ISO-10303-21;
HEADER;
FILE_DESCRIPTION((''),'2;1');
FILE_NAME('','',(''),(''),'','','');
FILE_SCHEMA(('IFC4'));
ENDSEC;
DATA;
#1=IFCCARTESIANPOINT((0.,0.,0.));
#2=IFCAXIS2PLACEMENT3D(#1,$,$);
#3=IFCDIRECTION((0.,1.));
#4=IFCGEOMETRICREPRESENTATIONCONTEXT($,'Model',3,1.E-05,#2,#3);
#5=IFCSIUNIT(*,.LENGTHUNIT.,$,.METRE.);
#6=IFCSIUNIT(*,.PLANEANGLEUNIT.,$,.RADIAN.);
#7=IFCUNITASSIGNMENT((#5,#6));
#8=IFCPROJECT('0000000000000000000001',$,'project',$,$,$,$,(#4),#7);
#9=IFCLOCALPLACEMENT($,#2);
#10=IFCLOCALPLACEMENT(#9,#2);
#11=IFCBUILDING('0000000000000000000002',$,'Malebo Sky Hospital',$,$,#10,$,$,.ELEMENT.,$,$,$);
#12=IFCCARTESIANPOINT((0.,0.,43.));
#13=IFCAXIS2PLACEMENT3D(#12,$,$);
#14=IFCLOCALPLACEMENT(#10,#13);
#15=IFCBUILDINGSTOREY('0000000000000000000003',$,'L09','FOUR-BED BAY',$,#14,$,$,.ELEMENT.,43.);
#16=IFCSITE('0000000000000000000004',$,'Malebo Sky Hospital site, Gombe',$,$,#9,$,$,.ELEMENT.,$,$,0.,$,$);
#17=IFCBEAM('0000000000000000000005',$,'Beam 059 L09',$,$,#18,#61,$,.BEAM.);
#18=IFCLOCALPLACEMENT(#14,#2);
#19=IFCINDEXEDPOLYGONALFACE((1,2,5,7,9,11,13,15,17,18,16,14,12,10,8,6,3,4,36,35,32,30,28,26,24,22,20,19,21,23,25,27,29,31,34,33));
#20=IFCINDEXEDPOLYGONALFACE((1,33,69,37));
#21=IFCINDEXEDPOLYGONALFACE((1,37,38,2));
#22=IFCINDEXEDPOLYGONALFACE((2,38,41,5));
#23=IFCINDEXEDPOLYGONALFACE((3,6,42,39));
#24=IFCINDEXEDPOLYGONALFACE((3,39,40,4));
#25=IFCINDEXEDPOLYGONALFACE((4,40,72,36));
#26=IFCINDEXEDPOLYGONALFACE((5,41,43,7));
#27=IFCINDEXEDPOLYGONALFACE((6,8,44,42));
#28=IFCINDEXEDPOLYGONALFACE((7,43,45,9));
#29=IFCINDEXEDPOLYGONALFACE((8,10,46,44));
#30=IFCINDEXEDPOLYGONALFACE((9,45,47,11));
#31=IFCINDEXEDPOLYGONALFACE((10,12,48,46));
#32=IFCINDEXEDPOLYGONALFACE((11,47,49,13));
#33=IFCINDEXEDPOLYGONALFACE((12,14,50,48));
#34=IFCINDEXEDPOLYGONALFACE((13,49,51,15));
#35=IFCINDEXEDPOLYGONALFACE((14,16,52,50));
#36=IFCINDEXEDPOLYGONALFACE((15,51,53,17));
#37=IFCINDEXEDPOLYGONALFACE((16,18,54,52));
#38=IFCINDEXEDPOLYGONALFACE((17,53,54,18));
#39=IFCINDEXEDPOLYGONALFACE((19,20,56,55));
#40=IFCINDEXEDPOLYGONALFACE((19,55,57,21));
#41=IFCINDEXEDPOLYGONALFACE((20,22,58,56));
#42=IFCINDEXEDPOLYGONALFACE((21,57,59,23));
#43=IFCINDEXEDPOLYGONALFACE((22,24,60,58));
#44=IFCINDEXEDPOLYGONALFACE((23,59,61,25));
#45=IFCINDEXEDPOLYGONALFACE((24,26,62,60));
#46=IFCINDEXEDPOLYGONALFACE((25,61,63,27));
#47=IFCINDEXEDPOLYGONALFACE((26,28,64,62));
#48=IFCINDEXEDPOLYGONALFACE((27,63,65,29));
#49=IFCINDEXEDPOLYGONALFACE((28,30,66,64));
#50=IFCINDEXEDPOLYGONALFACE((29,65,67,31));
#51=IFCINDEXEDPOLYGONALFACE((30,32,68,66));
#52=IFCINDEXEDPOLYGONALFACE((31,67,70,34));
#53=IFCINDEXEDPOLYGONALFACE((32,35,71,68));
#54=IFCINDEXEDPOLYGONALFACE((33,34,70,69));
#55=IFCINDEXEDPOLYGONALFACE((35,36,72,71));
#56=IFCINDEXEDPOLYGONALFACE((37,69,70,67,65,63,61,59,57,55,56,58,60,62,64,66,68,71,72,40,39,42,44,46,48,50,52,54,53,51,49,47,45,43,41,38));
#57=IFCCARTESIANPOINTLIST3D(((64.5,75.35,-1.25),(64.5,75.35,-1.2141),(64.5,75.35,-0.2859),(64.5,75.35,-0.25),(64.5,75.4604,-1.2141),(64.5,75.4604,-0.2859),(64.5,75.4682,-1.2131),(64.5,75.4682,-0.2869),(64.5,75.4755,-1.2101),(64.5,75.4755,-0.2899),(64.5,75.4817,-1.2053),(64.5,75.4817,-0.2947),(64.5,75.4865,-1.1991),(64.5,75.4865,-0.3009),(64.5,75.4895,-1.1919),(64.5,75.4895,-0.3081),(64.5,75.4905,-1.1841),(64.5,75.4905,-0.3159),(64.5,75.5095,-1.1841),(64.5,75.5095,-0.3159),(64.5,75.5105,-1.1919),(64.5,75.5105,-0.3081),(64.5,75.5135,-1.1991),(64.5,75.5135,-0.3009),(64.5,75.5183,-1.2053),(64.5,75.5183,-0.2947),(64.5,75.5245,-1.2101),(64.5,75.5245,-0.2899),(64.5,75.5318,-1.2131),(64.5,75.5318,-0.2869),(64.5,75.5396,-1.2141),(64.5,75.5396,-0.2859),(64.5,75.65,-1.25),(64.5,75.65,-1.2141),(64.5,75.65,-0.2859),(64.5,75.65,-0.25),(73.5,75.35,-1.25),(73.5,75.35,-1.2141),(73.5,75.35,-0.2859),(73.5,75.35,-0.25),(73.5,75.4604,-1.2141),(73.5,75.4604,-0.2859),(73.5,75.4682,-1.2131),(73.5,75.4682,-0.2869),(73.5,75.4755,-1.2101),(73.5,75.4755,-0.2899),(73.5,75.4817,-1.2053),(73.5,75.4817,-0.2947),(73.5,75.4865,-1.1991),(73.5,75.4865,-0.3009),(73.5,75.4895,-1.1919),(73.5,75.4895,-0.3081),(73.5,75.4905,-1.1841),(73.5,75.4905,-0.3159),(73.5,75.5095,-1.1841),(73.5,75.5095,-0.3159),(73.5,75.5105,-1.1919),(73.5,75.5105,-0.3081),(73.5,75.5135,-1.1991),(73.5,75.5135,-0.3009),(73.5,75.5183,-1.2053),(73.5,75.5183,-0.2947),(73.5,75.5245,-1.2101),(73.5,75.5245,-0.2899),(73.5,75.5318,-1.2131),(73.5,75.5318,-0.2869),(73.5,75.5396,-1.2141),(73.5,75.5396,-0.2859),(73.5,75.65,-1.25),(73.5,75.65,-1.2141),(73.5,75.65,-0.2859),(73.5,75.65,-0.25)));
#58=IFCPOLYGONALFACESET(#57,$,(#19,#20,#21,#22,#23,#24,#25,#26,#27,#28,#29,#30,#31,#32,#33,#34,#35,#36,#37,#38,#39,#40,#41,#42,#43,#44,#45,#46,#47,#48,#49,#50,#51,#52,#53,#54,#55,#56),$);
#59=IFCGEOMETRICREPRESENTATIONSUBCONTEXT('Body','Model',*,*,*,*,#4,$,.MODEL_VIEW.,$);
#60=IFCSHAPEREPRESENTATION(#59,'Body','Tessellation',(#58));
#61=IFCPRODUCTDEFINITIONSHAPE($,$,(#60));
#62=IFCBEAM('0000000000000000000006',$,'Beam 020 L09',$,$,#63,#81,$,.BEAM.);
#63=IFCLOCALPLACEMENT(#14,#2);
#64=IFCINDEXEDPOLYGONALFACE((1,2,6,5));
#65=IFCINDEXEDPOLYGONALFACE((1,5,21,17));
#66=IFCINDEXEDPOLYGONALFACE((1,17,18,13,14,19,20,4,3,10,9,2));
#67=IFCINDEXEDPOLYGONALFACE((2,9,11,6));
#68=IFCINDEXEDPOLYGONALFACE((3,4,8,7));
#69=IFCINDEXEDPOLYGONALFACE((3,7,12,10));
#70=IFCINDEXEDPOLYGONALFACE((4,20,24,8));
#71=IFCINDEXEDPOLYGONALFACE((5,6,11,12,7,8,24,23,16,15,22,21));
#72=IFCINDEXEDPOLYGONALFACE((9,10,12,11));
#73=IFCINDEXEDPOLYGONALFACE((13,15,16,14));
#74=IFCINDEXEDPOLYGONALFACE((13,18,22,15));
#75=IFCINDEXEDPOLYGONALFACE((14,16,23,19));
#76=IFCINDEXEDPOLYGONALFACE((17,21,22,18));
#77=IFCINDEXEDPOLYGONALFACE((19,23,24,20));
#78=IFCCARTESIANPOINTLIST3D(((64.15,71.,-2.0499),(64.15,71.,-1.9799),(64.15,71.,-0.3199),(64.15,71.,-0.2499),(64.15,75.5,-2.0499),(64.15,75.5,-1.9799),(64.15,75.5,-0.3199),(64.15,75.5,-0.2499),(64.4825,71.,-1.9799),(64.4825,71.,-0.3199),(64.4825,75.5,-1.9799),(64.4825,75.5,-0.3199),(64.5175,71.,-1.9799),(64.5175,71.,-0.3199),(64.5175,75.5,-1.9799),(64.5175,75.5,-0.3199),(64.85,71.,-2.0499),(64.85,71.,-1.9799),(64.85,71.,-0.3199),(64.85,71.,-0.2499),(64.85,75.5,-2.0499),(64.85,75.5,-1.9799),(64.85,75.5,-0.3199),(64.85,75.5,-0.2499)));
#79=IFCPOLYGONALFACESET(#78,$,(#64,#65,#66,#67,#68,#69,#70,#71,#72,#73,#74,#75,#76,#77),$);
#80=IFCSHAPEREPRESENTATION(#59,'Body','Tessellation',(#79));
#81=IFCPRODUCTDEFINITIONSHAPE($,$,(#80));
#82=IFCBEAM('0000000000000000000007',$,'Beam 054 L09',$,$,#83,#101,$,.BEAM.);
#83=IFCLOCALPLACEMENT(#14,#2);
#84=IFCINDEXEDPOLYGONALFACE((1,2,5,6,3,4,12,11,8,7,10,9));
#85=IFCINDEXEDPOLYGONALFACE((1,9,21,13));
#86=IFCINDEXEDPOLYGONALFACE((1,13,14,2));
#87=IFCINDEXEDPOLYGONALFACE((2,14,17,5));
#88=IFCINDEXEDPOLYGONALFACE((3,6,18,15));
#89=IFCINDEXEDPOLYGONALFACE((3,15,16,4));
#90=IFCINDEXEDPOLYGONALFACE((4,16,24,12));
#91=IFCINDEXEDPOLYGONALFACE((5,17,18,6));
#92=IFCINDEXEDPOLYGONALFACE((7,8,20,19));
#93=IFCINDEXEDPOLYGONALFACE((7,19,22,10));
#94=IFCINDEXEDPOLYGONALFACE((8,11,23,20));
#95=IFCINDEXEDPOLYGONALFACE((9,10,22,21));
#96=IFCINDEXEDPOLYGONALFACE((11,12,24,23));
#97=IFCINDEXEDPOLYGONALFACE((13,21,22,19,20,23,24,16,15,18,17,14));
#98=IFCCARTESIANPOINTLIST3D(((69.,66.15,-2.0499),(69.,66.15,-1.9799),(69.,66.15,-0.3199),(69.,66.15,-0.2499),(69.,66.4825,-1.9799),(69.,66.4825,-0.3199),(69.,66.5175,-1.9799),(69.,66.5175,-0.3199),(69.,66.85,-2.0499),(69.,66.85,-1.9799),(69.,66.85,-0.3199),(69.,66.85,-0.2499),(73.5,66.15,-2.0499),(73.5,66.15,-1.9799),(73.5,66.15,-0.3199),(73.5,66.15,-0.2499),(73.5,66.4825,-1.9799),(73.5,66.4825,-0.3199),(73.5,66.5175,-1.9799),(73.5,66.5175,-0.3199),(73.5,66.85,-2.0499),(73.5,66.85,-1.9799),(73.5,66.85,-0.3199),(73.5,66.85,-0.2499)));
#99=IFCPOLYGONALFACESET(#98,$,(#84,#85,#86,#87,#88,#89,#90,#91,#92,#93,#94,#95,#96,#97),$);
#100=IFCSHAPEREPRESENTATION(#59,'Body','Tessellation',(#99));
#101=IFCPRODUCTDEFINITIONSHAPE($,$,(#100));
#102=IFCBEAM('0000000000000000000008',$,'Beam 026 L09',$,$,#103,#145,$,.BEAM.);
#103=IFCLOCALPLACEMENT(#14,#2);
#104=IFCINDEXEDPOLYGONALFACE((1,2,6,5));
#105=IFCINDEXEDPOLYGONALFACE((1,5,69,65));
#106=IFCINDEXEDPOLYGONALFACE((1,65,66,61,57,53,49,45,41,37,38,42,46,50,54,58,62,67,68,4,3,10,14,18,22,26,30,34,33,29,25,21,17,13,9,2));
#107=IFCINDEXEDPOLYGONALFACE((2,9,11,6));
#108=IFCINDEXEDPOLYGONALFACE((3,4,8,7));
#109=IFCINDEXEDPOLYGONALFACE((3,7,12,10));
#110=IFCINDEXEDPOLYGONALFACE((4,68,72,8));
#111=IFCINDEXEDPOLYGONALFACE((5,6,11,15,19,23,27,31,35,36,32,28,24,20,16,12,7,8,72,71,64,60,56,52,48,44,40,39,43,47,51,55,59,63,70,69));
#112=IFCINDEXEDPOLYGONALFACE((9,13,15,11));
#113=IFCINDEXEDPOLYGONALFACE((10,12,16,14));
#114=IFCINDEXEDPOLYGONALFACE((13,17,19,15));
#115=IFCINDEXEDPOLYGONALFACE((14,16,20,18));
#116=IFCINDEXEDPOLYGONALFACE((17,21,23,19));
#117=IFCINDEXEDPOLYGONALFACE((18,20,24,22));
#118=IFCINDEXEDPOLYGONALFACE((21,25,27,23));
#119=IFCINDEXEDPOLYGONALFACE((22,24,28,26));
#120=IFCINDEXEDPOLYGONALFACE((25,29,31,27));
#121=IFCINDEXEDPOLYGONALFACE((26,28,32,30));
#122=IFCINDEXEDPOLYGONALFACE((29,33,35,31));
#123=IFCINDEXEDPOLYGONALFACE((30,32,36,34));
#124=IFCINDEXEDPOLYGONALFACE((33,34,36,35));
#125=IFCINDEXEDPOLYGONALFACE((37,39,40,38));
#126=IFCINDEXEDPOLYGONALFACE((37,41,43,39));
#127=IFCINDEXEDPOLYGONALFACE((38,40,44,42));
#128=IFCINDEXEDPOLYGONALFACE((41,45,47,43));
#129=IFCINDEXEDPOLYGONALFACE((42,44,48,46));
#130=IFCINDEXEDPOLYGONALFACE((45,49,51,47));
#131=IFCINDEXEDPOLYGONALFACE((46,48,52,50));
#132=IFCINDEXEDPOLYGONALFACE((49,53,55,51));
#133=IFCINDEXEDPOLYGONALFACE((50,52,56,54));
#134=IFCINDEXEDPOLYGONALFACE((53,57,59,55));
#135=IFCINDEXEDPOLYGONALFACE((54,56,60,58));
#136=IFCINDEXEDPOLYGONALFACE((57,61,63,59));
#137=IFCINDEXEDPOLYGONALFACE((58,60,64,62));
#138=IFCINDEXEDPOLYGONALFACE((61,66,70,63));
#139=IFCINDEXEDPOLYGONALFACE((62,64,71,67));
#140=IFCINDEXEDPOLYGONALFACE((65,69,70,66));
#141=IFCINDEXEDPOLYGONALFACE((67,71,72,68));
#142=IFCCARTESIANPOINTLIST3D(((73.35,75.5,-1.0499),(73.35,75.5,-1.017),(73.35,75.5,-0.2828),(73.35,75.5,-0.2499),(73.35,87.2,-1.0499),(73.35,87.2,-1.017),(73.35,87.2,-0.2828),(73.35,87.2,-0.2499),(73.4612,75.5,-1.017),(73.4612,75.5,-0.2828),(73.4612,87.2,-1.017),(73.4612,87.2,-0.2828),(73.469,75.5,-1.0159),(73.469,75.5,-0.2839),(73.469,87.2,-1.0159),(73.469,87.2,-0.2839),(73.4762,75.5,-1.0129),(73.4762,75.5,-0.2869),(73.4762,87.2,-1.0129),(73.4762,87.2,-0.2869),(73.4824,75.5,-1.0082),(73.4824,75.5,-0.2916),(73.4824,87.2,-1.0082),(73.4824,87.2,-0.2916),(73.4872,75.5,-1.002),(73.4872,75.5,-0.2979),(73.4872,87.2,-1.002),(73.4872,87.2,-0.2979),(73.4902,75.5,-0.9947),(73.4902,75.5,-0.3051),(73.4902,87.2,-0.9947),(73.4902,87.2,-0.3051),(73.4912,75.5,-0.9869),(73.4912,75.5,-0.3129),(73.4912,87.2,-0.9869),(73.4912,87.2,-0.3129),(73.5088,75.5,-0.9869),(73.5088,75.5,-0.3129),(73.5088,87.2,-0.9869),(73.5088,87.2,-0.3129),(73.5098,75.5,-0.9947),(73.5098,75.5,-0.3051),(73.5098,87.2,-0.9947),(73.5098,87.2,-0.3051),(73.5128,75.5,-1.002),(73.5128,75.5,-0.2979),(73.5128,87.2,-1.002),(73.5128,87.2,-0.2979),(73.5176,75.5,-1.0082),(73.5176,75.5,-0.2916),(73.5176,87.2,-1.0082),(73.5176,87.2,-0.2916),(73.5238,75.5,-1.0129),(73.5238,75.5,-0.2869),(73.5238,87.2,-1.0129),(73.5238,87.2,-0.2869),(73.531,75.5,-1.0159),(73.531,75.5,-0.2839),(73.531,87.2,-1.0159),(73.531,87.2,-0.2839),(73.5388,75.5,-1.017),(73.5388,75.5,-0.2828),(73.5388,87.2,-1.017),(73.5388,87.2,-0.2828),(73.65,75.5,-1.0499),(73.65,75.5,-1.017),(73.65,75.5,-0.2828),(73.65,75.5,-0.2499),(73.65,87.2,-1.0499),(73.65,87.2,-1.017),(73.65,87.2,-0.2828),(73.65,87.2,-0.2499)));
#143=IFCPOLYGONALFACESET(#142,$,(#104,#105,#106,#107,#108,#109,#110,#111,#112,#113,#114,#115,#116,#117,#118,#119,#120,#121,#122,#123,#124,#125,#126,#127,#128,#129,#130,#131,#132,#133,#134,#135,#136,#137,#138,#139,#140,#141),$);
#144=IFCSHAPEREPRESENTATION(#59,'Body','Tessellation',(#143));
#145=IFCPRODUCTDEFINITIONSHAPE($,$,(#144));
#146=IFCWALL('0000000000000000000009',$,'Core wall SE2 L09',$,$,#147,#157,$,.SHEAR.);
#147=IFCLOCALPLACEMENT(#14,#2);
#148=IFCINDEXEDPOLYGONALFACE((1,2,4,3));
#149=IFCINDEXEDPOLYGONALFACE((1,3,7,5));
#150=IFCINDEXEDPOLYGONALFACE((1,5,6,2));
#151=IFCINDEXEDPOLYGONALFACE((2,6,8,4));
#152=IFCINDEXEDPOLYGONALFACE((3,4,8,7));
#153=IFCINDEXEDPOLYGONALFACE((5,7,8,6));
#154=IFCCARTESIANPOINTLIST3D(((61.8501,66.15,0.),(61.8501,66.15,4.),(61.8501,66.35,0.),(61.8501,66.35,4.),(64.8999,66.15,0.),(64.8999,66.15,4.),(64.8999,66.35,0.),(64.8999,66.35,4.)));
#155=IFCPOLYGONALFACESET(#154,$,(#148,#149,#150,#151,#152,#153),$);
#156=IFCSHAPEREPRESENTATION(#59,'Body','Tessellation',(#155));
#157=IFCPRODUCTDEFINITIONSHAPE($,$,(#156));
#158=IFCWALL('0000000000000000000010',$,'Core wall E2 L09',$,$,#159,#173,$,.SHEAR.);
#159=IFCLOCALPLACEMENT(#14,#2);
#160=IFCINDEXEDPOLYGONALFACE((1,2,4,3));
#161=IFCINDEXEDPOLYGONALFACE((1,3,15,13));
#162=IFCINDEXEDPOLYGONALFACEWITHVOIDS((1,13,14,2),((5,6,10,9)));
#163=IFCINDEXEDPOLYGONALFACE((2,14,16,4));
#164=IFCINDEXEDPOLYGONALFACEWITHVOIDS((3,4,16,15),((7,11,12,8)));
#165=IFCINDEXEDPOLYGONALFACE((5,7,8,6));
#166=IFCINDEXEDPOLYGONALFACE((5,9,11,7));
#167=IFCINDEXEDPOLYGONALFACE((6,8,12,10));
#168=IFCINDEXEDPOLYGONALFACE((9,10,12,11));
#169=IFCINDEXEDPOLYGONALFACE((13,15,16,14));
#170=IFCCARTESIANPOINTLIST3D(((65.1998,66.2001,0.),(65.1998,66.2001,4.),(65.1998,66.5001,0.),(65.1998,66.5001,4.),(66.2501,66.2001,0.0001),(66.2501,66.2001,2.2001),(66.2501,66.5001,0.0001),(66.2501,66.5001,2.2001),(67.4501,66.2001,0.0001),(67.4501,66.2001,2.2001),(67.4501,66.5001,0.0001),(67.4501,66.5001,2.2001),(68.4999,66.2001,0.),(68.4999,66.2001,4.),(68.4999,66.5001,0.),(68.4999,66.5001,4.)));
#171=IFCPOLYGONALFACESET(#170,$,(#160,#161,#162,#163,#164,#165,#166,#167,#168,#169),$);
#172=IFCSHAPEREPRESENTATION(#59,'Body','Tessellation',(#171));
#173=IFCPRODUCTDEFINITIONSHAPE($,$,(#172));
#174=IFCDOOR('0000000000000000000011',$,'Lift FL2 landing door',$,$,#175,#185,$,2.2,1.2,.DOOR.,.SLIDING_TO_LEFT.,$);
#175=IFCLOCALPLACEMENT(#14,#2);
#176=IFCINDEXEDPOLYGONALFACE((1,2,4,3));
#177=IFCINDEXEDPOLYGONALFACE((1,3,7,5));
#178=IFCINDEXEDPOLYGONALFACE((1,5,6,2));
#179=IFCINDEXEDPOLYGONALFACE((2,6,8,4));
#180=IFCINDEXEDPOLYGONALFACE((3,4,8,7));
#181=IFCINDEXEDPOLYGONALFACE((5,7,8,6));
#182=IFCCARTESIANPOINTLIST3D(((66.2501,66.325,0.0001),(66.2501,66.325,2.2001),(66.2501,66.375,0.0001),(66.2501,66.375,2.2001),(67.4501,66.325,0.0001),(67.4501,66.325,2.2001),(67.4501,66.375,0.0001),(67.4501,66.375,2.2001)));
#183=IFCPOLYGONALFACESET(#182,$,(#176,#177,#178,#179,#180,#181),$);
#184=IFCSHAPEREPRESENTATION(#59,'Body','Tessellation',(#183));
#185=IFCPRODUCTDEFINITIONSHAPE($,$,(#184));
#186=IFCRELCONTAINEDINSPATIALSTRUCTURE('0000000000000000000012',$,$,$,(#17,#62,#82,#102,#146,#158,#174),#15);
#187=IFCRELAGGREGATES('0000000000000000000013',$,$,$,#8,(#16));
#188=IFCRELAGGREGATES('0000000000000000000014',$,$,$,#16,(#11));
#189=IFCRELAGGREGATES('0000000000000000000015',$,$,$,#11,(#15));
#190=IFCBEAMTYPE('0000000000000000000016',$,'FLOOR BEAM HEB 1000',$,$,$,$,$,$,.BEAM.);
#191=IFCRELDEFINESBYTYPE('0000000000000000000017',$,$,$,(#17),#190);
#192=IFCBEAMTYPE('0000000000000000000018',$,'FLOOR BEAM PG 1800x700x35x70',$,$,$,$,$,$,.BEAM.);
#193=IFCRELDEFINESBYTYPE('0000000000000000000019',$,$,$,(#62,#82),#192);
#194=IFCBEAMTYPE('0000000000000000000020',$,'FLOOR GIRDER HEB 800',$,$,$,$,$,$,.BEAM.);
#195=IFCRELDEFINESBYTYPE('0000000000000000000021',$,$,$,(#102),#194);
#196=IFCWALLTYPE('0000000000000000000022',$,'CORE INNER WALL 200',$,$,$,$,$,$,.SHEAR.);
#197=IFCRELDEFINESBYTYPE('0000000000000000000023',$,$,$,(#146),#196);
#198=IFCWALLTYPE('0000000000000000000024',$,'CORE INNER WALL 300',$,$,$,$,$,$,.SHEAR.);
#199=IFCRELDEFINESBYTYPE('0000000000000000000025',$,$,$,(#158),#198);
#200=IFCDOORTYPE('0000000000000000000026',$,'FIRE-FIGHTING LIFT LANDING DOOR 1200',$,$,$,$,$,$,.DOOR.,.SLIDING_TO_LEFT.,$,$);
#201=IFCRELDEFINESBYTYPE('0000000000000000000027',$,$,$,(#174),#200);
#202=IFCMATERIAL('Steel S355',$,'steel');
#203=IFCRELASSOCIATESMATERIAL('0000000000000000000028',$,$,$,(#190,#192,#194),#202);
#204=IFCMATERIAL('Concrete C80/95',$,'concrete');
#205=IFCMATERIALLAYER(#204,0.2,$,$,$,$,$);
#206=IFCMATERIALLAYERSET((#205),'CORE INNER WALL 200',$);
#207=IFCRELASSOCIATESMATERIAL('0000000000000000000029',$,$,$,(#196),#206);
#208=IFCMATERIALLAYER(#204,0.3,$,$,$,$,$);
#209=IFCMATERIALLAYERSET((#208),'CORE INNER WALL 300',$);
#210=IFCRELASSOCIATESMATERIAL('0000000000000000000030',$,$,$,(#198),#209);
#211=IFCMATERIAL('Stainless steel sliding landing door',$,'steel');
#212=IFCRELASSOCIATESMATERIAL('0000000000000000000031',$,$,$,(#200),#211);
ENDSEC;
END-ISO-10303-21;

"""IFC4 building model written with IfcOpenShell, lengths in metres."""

from ifc_helpers import new_model, si_unit, direction, frame, frame_2d, origin, origin_2d, place, context, subcontext, project, spatial, rectangle, i_section, extrude, material, layer, layer_set, material_profile, profile_set, type_object, element, fill, save


model = new_model("IFC4")

# Units and contexts
model_context = context("Model", 3, precision=1e-05, world=origin(), true_north=direction((0.0, 1.0)))
body_context = subcontext(model_context, "Body", "Model", "MODEL_VIEW")
ifc_project = project(units=[si_unit("LENGTHUNIT", "METRE"), si_unit("PLANEANGLEUNIT", "RADIAN")], contexts=[model_context])

# Site, building, storey
site_placement = place(None, origin())
site = spatial("IfcSite", under=ifc_project, at=site_placement, Name="Malebo Sky Hospital site, Gombe", CompositionType="ELEMENT", RefElevation=0.0)
building_placement = place(site_placement, origin())
building = spatial("IfcBuilding", under=site, at=building_placement, Name="Malebo Sky Hospital", CompositionType="ELEMENT")
storey_placement = place(building_placement, frame((0.0, 0.0, 43.0)))
storey = spatial("IfcBuildingStorey", under=building, at=storey_placement, Name="L09", Description="FOUR-BED BAY", CompositionType="ELEMENT", Elevation=43.0)

# Beams
ifc_material_1 = material(Name="Steel S355", Category="steel")
ifc_material_profile_1 = material_profile(ifc_material_1, i_section(OverallWidth=0.3, OverallDepth=1.0, WebThickness=0.019, FlangeThickness=0.0359, FilletRadius=0.03, at=origin_2d()), Name="HEB 1000")
ifc_profile_set_1 = profile_set([ifc_material_profile_1], Name="Steel S355")
beam_type_1 = type_object("IfcBeamType", Name="FLOOR BEAM HEB 1000", PredefinedType="BEAM", material=ifc_profile_set_1)
beam_1_placement = place(storey_placement, frame((64.5, 75.5, -0.75), z_axis=(1.0, 0.0, 0.0), x_axis=(0.0, 1.0, 0.0)))
element("IfcBeam", 1, at=beam_1_placement, inside=storey, type_object=beam_type_1, Name="Beam 059 L09", PredefinedType="BEAM", context=body_context, shape_type="SweptSolid", body=[
    extrude(i_section(OverallWidth=0.3, OverallDepth=1.0, WebThickness=0.019, FlangeThickness=0.0359, FilletRadius=0.03, at=origin_2d()), origin(), (0.0, 0.0, 1.0), 9.0),
])
ifc_material_profile_2 = material_profile(ifc_material_1, i_section(OverallWidth=0.7, OverallDepth=1.8, WebThickness=0.0349, FlangeThickness=0.0701, at=origin_2d()), Name="PG 1800x700x35x70")
ifc_profile_set_2 = profile_set([ifc_material_profile_2], Name="Steel S355")
beam_type_2 = type_object("IfcBeamType", Name="FLOOR BEAM PG 1800x700x35x70", PredefinedType="BEAM", material=ifc_profile_set_2)
for number, where, z_axis, x_axis, name in (
    (2, (64.5, 71.0, -1.1499), (0.0, 1.0, 0.0), (-1.0, 0.0, 0.0), "Beam 020 L09"),
    (3, (69.0, 66.5, -1.1499), (1.0, 0.0, 0.0), (0.0, 1.0, 0.0), "Beam 054 L09"),
):
    element("IfcBeam", number, at=place(storey_placement, frame(where, z_axis=z_axis, x_axis=x_axis)), inside=storey, type_object=beam_type_2, Name=name, PredefinedType="BEAM", context=body_context, shape_type="SweptSolid", body=[
        extrude(i_section(OverallWidth=0.7, OverallDepth=1.8, WebThickness=0.0349, FlangeThickness=0.0701, at=origin_2d()), origin(), (0.0, 0.0, 1.0), 4.5),
    ])
ifc_material_profile_3 = material_profile(ifc_material_1, i_section(OverallWidth=0.3, OverallDepth=0.8, WebThickness=0.0176, FlangeThickness=0.033, FilletRadius=0.03, at=origin_2d()), Name="HEB 800")
ifc_profile_set_3 = profile_set([ifc_material_profile_3], Name="Steel S355")
beam_type_3 = type_object("IfcBeamType", Name="FLOOR GIRDER HEB 800", PredefinedType="BEAM", material=ifc_profile_set_3)
beam_2_placement = place(storey_placement, frame((73.5, 75.5, -0.6499), z_axis=(0.0, 1.0, 0.0), x_axis=(-1.0, 0.0, 0.0)))
element("IfcBeam", 4, at=beam_2_placement, inside=storey, type_object=beam_type_3, Name="Beam 026 L09", PredefinedType="BEAM", context=body_context, shape_type="SweptSolid", body=[
    extrude(i_section(OverallWidth=0.3, OverallDepth=0.8, WebThickness=0.0176, FlangeThickness=0.033, FilletRadius=0.03, at=origin_2d()), origin(), (0.0, 0.0, 1.0), 11.7),
])

# Wall
ifc_material_2 = material(Name="Concrete C80/95", Category="concrete")
ifc_layer_1 = layer(ifc_material_2, 0.2)
ifc_layer_set_1 = layer_set([ifc_layer_1], Name="CORE INNER WALL 200")
wall_type_1 = type_object("IfcWallType", Name="CORE INNER WALL 200", PredefinedType="SHEAR", material=ifc_layer_set_1)
wall_1_placement = place(storey_placement, frame((61.8501, 66.25, 0.0), z_axis=(0.0, 0.0, 1.0), x_axis=(1.0, 0.0, 0.0)))
element("IfcWall", 5, at=wall_1_placement, inside=storey, type_object=wall_type_1, Name="Core wall SE2 L09", PredefinedType="SHEAR", context=body_context, shape_type="SweptSolid", body=[
    extrude(rectangle(XDim=3.0498, YDim=0.2, at=frame_2d((1.5249, 0.0))), origin(), (0.0, 0.0, 1.0), 4.0),
])

# Wall, opening, door
ifc_layer_2 = layer(ifc_material_2, 0.3)
ifc_layer_set_2 = layer_set([ifc_layer_2], Name="CORE INNER WALL 300")
wall_type_2 = type_object("IfcWallType", Name="CORE INNER WALL 300", PredefinedType="SHEAR", material=ifc_layer_set_2)
wall_2_placement = place(storey_placement, frame((65.2, 66.3501, 0.0), z_axis=(0.0, 0.0, 1.0), x_axis=(1.0, 0.0, 0.0)))
wall_2 = element("IfcWall", 6, at=wall_2_placement, inside=storey, type_object=wall_type_2, Name="Core wall E2 L09", PredefinedType="SHEAR", context=body_context, shape_type="SweptSolid", body=[
    extrude(rectangle(XDim=3.3, YDim=0.3, at=frame_2d((1.6499, 0.0))), origin(), (0.0, 0.0, 1.0), 4.0),
])
opening_1_placement = place(wall_2_placement, frame((1.05, 0.0, 0.0)))
opening_1 = element("IfcOpeningElement", 7, at=opening_1_placement, cuts=wall_2, PredefinedType="OPENING", context=body_context, shape_type="SweptSolid", body=[
    extrude(rectangle(XDim=1.2, YDim=2.2, at=frame_2d((0.6001, 1.1001))), frame((0.0, 0.1599, 0.0), z_axis=(0.0, -1.0, 0.0), x_axis=(1.0, 0.0, 0.0)), (0.0, 0.0, 1.0), 0.3201),
])
ifc_material_3 = material(Name="Stainless steel sliding landing door", Category="steel")
door_type_1 = type_object("IfcDoorType", Name="FIRE-FIGHTING LIFT LANDING DOOR 1200", OperationType="SLIDING_TO_LEFT", PredefinedType="DOOR", material=ifc_material_3)
door_1_placement = place(opening_1_placement, origin())
door_1 = element("IfcDoor", 8, at=door_1_placement, inside=storey, type_object=door_type_1, Name="Lift FL2 landing door", OperationType="SLIDING_TO_LEFT", OverallHeight=2.2, OverallWidth=1.2, PredefinedType="DOOR", context=body_context, shape_type="SweptSolid", body=[
    extrude(rectangle(XDim=1.2, YDim=2.2, at=frame_2d((0.6001, 1.1001))), frame((0.0, 0.0249, 0.0), z_axis=(0.0, -1.0, 0.0), x_axis=(1.0, 0.0, 0.0)), (0.0, 0.0, 1.0), 0.05),
])
fill(opening_1, door_1)

save(model, "model.ifc")
